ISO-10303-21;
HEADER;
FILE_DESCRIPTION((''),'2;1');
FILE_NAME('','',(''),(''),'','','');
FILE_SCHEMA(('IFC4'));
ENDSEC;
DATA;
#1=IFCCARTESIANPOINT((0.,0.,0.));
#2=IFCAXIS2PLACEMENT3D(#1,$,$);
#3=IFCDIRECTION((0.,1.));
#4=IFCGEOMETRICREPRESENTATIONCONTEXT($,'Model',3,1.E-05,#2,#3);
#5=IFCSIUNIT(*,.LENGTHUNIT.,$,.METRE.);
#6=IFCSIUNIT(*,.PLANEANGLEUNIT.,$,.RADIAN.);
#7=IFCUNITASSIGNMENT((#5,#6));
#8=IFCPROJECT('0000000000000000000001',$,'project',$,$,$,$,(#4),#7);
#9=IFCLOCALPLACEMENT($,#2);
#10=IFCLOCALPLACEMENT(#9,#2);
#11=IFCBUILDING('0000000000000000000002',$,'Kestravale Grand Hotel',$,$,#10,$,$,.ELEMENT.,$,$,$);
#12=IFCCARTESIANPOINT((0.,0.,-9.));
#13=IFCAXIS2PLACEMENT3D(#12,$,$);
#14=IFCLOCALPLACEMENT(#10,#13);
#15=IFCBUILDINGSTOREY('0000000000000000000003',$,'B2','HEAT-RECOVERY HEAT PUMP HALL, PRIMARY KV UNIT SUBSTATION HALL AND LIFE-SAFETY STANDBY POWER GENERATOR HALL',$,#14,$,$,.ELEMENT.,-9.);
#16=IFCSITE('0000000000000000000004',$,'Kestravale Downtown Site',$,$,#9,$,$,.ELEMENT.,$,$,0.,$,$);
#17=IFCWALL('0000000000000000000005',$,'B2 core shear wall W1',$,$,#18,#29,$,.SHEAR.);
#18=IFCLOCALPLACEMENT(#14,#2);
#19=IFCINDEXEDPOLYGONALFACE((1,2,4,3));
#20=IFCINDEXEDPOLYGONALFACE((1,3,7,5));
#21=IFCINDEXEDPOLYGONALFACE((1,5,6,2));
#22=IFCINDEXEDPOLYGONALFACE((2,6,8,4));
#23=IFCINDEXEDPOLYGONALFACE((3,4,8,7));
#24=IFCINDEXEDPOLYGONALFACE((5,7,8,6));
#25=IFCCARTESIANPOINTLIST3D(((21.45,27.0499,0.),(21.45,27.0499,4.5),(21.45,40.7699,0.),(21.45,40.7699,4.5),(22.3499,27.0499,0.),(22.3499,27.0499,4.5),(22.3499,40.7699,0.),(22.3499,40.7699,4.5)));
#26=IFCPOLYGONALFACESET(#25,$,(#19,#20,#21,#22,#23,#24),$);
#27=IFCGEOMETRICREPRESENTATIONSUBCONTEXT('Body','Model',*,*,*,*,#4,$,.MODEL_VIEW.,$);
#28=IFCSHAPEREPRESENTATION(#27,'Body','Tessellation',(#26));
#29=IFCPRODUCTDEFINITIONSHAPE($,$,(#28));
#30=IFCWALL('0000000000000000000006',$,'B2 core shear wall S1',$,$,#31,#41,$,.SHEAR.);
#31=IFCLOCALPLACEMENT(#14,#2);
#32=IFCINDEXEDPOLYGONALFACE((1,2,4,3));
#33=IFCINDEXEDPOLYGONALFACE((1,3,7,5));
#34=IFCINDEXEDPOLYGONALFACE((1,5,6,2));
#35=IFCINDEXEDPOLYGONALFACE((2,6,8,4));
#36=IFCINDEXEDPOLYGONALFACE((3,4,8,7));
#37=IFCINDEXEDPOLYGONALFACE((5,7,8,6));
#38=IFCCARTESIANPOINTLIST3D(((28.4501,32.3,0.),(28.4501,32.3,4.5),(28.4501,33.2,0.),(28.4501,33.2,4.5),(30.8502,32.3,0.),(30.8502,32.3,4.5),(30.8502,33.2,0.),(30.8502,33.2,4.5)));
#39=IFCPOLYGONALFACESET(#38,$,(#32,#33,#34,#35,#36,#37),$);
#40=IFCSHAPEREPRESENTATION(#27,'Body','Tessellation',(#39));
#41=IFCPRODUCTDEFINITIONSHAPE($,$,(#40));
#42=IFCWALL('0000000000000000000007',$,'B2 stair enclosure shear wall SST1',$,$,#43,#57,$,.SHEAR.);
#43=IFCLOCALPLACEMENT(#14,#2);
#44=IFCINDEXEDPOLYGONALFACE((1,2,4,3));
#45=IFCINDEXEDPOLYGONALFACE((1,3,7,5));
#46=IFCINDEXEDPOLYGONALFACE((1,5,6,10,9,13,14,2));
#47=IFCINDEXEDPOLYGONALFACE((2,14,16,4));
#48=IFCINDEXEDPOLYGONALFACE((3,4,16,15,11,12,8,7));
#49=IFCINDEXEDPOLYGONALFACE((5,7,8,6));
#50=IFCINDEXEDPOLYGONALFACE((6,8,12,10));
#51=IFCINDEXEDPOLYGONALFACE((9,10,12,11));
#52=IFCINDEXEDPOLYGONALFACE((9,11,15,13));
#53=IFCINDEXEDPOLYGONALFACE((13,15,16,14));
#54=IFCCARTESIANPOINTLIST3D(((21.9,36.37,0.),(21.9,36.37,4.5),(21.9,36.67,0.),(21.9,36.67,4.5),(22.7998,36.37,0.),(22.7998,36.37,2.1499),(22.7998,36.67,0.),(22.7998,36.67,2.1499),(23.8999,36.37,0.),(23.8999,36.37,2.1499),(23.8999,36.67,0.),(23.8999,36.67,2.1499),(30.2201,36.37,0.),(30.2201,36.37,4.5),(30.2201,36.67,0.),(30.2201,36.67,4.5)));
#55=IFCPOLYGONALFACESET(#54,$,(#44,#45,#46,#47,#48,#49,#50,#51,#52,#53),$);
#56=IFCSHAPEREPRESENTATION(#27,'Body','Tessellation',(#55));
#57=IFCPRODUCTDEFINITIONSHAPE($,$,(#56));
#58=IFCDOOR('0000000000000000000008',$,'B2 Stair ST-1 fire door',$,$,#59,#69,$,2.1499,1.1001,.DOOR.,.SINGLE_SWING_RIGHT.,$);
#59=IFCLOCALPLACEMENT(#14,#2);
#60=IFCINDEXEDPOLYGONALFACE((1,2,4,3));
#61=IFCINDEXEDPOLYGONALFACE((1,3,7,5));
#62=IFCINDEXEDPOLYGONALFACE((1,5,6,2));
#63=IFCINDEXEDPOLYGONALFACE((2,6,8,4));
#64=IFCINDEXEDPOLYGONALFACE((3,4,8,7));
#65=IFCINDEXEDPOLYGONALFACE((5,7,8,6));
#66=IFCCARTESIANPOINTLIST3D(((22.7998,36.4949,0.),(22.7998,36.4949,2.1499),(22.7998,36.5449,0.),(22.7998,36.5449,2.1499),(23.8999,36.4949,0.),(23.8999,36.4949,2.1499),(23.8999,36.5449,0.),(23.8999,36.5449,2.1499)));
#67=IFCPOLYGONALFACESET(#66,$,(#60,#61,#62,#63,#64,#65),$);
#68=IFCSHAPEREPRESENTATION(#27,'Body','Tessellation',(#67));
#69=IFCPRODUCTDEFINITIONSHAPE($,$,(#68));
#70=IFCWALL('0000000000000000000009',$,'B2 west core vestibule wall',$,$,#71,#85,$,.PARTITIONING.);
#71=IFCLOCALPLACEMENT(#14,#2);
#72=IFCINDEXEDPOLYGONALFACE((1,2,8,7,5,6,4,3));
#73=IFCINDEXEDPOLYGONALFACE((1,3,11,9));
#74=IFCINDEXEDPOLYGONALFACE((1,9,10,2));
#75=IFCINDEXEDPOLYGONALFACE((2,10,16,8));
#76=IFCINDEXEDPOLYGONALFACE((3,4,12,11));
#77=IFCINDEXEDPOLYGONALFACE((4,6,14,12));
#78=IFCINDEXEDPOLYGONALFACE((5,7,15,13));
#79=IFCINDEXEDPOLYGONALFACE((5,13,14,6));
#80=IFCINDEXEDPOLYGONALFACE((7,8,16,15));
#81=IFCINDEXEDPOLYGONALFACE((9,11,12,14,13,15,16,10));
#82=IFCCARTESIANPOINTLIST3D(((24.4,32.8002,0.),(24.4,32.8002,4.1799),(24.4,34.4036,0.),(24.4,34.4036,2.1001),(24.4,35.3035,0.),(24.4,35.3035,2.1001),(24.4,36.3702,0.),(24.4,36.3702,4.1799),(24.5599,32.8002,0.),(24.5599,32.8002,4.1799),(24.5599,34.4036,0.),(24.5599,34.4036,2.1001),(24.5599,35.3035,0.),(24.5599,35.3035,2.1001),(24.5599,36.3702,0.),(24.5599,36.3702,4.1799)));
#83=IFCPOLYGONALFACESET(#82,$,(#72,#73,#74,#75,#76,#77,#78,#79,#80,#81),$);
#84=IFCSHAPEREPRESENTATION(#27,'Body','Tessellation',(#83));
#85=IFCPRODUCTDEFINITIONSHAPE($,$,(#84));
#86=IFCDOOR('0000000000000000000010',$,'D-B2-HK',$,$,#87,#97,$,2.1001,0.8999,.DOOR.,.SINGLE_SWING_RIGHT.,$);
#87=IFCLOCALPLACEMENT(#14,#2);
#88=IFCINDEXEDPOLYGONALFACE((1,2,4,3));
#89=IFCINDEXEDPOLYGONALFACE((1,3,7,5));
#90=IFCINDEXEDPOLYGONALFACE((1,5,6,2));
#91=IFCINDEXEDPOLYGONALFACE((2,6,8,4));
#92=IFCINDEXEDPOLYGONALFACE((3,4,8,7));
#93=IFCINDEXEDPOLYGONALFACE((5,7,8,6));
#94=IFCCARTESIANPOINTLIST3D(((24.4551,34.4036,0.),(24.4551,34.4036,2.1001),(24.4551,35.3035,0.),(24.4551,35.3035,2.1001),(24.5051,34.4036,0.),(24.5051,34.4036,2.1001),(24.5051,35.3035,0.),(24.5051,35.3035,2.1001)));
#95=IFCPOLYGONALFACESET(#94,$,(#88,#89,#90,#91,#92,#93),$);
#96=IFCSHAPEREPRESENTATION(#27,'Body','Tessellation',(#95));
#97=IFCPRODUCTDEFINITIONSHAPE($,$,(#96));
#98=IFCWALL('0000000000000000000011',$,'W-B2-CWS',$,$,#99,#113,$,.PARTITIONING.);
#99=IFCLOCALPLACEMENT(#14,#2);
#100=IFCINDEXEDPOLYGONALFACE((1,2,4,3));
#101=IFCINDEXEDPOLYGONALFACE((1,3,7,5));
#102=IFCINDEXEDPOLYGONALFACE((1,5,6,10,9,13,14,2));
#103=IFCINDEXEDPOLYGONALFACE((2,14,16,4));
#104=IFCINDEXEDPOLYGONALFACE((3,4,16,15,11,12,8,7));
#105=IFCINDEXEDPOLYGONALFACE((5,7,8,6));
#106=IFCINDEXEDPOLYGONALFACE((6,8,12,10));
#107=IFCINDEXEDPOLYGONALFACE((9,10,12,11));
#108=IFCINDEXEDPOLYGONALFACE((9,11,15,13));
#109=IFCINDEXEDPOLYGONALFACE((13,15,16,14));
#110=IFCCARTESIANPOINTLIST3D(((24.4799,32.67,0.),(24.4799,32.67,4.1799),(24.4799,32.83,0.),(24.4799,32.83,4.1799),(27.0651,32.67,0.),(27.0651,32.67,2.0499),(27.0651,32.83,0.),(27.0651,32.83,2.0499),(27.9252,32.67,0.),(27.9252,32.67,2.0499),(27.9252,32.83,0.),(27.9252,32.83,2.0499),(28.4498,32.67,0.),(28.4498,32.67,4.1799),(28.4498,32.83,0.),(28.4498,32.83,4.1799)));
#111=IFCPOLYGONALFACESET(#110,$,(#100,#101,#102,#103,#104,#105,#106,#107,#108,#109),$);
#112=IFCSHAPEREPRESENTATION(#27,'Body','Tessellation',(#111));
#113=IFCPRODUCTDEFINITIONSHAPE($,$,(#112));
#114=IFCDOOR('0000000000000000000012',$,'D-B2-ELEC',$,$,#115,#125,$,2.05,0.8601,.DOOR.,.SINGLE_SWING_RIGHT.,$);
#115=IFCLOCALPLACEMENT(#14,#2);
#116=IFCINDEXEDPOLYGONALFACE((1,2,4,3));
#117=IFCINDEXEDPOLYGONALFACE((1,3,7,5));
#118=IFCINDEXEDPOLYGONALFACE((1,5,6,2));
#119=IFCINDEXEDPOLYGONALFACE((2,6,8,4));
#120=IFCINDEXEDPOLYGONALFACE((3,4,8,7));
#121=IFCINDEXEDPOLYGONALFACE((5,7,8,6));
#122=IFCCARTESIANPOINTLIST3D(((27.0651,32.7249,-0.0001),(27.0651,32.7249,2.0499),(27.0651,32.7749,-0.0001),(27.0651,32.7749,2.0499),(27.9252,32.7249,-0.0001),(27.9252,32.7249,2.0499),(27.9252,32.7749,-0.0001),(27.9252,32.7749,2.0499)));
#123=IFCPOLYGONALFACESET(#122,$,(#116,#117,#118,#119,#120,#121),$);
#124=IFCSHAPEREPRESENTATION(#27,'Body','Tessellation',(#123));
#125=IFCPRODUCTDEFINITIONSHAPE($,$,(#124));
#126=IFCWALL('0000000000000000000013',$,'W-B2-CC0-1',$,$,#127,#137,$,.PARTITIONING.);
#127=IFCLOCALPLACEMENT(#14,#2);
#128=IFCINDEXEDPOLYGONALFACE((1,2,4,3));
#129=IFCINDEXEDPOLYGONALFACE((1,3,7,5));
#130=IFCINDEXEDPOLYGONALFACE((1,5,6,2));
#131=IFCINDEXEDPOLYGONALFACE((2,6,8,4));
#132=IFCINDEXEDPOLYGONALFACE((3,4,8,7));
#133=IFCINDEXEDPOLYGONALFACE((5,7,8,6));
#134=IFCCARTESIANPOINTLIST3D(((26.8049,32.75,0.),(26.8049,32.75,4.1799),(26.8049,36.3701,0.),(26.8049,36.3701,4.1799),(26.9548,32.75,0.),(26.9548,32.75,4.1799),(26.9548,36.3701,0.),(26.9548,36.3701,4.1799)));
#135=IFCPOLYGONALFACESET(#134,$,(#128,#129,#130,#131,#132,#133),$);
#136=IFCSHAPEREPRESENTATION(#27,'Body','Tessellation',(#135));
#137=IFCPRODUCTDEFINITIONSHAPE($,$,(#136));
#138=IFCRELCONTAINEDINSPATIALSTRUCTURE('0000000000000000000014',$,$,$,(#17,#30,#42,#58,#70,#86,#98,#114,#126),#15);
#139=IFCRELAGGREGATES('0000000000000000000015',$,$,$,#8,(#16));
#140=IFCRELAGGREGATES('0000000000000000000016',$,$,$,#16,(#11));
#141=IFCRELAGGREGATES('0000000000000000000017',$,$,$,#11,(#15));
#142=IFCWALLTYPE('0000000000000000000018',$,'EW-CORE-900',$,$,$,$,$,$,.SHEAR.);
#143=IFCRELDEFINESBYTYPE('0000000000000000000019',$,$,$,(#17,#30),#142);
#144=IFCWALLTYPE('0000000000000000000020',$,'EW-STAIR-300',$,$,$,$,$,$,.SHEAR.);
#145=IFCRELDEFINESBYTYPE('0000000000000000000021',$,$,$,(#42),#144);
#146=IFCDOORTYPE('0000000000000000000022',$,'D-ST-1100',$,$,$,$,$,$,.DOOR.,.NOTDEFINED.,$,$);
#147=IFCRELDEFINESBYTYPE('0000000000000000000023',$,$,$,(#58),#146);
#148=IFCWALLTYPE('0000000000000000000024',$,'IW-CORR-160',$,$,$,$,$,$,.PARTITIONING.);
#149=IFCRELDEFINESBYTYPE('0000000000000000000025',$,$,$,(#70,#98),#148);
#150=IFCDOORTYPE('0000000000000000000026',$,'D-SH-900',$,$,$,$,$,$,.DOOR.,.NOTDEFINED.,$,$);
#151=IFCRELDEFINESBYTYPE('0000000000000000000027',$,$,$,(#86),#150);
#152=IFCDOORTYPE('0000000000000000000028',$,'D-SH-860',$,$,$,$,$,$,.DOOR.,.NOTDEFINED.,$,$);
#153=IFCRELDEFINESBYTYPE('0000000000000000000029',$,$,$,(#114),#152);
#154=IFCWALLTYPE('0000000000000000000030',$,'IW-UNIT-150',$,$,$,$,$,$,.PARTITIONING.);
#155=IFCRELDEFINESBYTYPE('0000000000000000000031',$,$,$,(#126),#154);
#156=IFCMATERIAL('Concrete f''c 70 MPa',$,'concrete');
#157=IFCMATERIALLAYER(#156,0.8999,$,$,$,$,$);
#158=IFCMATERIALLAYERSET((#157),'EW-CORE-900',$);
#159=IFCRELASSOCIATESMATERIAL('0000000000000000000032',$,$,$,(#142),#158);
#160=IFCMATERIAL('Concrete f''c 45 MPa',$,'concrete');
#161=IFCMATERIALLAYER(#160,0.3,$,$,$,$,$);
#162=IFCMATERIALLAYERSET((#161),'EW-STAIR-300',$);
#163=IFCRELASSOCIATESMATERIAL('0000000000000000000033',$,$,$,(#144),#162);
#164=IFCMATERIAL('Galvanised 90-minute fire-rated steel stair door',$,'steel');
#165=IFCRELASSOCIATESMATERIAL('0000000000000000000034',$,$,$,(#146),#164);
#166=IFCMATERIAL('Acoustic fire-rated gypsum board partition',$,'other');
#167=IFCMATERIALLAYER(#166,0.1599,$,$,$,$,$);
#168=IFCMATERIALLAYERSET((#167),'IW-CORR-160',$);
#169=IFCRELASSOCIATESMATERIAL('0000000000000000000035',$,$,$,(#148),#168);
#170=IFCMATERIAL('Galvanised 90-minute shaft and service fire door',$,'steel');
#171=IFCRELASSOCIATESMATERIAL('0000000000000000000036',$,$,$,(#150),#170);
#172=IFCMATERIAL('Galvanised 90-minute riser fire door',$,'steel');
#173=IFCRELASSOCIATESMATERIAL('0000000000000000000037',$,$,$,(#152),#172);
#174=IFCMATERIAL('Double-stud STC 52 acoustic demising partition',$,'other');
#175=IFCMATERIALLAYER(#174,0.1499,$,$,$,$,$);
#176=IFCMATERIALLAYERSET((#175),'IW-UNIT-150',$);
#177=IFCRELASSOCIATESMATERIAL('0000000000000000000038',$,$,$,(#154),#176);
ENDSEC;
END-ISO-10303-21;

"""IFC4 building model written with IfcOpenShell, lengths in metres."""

from ifc_helpers import new_model, si_unit, direction, frame, frame_2d, origin, place, context, subcontext, project, spatial, rectangle, extrude, material, layer, layer_set, type_object, element, fill, save


model = new_model("IFC4")

# Units and contexts
model_context = context("Model", 3, precision=1e-05, world=origin(), true_north=direction((0.0, 1.0)))
body_context = subcontext(model_context, "Body", "Model", "MODEL_VIEW")
ifc_project = project(units=[si_unit("LENGTHUNIT", "METRE"), si_unit("PLANEANGLEUNIT", "RADIAN")], contexts=[model_context])

# Site, building, storey
site_placement = place(None, origin())
site = spatial("IfcSite", under=ifc_project, at=site_placement, Name="Kestravale Downtown Site", CompositionType="ELEMENT", RefElevation=0.0)
building_placement = place(site_placement, origin())
building = spatial("IfcBuilding", under=site, at=building_placement, Name="Kestravale Grand Hotel", CompositionType="ELEMENT")
storey_placement = place(building_placement, frame((0.0, 0.0, -9.0)))
storey = spatial("IfcBuildingStorey", under=building, at=storey_placement, Name="B2", Description="HEAT-RECOVERY HEAT PUMP HALL, PRIMARY KV UNIT SUBSTATION HALL AND LIFE-SAFETY STANDBY POWER GENERATOR HALL", CompositionType="ELEMENT", Elevation=-9.0)

# Walls
ifc_material_1 = material(Name="Concrete f'c 70 MPa", Category="concrete")
ifc_layer_1 = layer(ifc_material_1, 0.8999)
ifc_layer_set_1 = layer_set([ifc_layer_1], Name="EW-CORE-900")
wall_type_1 = type_object("IfcWallType", Name="EW-CORE-900", PredefinedType="SHEAR", material=ifc_layer_set_1)
wall_1_placement = place(storey_placement, frame((21.8999, 27.05, 0.0), z_axis=(0.0, 0.0, 1.0), x_axis=(0.0, 1.0, 0.0)))
element("IfcWall", 1, at=wall_1_placement, inside=storey, type_object=wall_type_1, Name="B2 core shear wall W1", PredefinedType="SHEAR", context=body_context, shape_type="SweptSolid", body=[
    extrude(rectangle(XDim=13.72, YDim=0.8999, at=frame_2d((6.8599, 0.0))), origin(), (0.0, 0.0, 1.0), 4.5),
])
wall_2_placement = place(storey_placement, frame((28.45, 32.75, 0.0), z_axis=(0.0, 0.0, 1.0), x_axis=(1.0, 0.0, 0.0)))
element("IfcWall", 2, at=wall_2_placement, inside=storey, type_object=wall_type_1, Name="B2 core shear wall S1", PredefinedType="SHEAR", context=body_context, shape_type="SweptSolid", body=[
    extrude(rectangle(XDim=2.4001, YDim=0.8999, at=frame_2d((1.2002, 0.0))), origin(), (0.0, 0.0, 1.0), 4.5),
])

# Walls, openings, doors
ifc_material_2 = material(Name="Concrete f'c 45 MPa", Category="concrete")
ifc_layer_2 = layer(ifc_material_2, 0.3)
ifc_layer_set_2 = layer_set([ifc_layer_2], Name="EW-STAIR-300")
wall_type_2 = type_object("IfcWallType", Name="EW-STAIR-300", PredefinedType="SHEAR", material=ifc_layer_set_2)
wall_3_placement = place(storey_placement, frame((21.8999, 36.52, 0.0), z_axis=(0.0, 0.0, 1.0), x_axis=(1.0, 0.0, 0.0)))
wall_3 = element("IfcWall", 3, at=wall_3_placement, inside=storey, type_object=wall_type_2, Name="B2 stair enclosure shear wall SST1", PredefinedType="SHEAR", context=body_context, shape_type="SweptSolid", body=[
    extrude(rectangle(XDim=8.3201, YDim=0.3, at=frame_2d((4.1602, 0.0))), origin(), (0.0, 0.0, 1.0), 4.5),
])
opening_1_placement = place(wall_3_placement, frame((0.8999, 0.0, 0.0)))
opening_1 = element("IfcOpeningElement", 4, at=opening_1_placement, cuts=wall_3, PredefinedType="OPENING", context=body_context, shape_type="SweptSolid", body=[
    extrude(rectangle(XDim=1.1001, YDim=2.1499, at=frame_2d((0.55, 1.075))), frame((0.0, 0.1599, 0.0), z_axis=(0.0, -1.0, 0.0), x_axis=(1.0, 0.0, 0.0)), (0.0, 0.0, 1.0), 0.3201),
])
ifc_material_3 = material(Name="Galvanised 90-minute fire-rated steel stair door", Category="steel")
door_type_1 = type_object("IfcDoorType", Name="D-ST-1100", OperationType="NOTDEFINED", PredefinedType="DOOR", material=ifc_material_3)
door_1_placement = place(opening_1_placement, origin())
door_1 = element("IfcDoor", 5, at=door_1_placement, inside=storey, type_object=door_type_1, Name="B2 Stair ST-1 fire door", OperationType="SINGLE_SWING_RIGHT", OverallHeight=2.1499, OverallWidth=1.1001, PredefinedType="DOOR", context=body_context, shape_type="SweptSolid", body=[
    extrude(rectangle(XDim=1.1001, YDim=2.1499, at=frame_2d((0.55, 1.075))), frame((0.0, 0.0249, 0.0), z_axis=(0.0, -1.0, 0.0), x_axis=(1.0, 0.0, 0.0)), (0.0, 0.0, 1.0), 0.05),
])
fill(opening_1, door_1)
ifc_material_4 = material(Name="Acoustic fire-rated gypsum board partition", Category="other")
ifc_layer_3 = layer(ifc_material_4, 0.1599)
ifc_layer_set_3 = layer_set([ifc_layer_3], Name="IW-CORR-160")
wall_type_3 = type_object("IfcWallType", Name="IW-CORR-160", PredefinedType="PARTITIONING", material=ifc_layer_set_3)
wall_4_placement = place(storey_placement, frame((24.48, 32.8, 0.0), z_axis=(0.0, 0.0, 1.0), x_axis=(0.0, 1.0, 0.0)))
wall_4 = element("IfcWall", 6, at=wall_4_placement, inside=storey, type_object=wall_type_3, Name="B2 west core vestibule wall", PredefinedType="PARTITIONING", context=body_context, shape_type="SweptSolid", body=[
    extrude(rectangle(XDim=3.5701, YDim=0.1599, at=frame_2d((1.7852, 0.0))), origin(), (0.0, 0.0, 1.0), 4.1799),
])
opening_2_placement = place(wall_4_placement, frame((1.6035, 0.0, 0.0)))
opening_2 = element("IfcOpeningElement", 7, at=opening_2_placement, cuts=wall_4, PredefinedType="OPENING", context=body_context, shape_type="SweptSolid", body=[
    extrude(rectangle(XDim=0.8999, YDim=2.1001, at=frame_2d((0.45, 1.05))), frame((0.0, 0.0898, 0.0), z_axis=(0.0, -1.0, 0.0), x_axis=(1.0, 0.0, 0.0)), (0.0, 0.0, 1.0), 0.1799),
])
ifc_material_5 = material(Name="Galvanised 90-minute shaft and service fire door", Category="steel")
door_type_2 = type_object("IfcDoorType", Name="D-SH-900", OperationType="NOTDEFINED", PredefinedType="DOOR", material=ifc_material_5)
door_2_placement = place(opening_2_placement, origin())
door_2 = element("IfcDoor", 8, at=door_2_placement, inside=storey, type_object=door_type_2, Name="D-B2-HK", OperationType="SINGLE_SWING_RIGHT", OverallHeight=2.1001, OverallWidth=0.8999, PredefinedType="DOOR", context=body_context, shape_type="SweptSolid", body=[
    extrude(rectangle(XDim=0.8999, YDim=2.1001, at=frame_2d((0.45, 1.05))), frame((0.0, 0.0249, 0.0), z_axis=(0.0, -1.0, 0.0), x_axis=(1.0, 0.0, 0.0)), (0.0, 0.0, 1.0), 0.05),
])
fill(opening_2, door_2)
wall_5_placement = place(storey_placement, frame((24.48, 32.75, 0.0), z_axis=(0.0, 0.0, 1.0), x_axis=(1.0, 0.0, 0.0)))
wall_5 = element("IfcWall", 9, at=wall_5_placement, inside=storey, type_object=wall_type_3, Name="W-B2-CWS", PredefinedType="PARTITIONING", context=body_context, shape_type="SweptSolid", body=[
    extrude(rectangle(XDim=3.97, YDim=0.1599, at=frame_2d((1.9849, 0.0))), origin(), (0.0, 0.0, 1.0), 4.1799),
])
opening_3_placement = place(wall_5_placement, frame((2.585, 0.0, 0.0)))
opening_3 = element("IfcOpeningElement", 10, at=opening_3_placement, cuts=wall_5, PredefinedType="OPENING", context=body_context, shape_type="SweptSolid", body=[
    extrude(rectangle(XDim=0.8601, YDim=2.05, at=frame_2d((0.4302, 1.0249))), frame((0.0, 0.0898, 0.0), z_axis=(0.0, -1.0, 0.0), x_axis=(1.0, 0.0, 0.0)), (0.0, 0.0, 1.0), 0.1799),
])
ifc_material_6 = material(Name="Galvanised 90-minute riser fire door", Category="steel")
door_type_3 = type_object("IfcDoorType", Name="D-SH-860", OperationType="NOTDEFINED", PredefinedType="DOOR", material=ifc_material_6)
door_3_placement = place(opening_3_placement, origin())
door_3 = element("IfcDoor", 11, at=door_3_placement, inside=storey, type_object=door_type_3, Name="D-B2-ELEC", OperationType="SINGLE_SWING_RIGHT", OverallHeight=2.05, OverallWidth=0.8601, PredefinedType="DOOR", context=body_context, shape_type="SweptSolid", body=[
    extrude(rectangle(XDim=0.8601, YDim=2.05, at=frame_2d((0.4302, 1.0249))), frame((0.0, 0.0249, 0.0), z_axis=(0.0, -1.0, 0.0), x_axis=(1.0, 0.0, 0.0)), (0.0, 0.0, 1.0), 0.05),
])
fill(opening_3, door_3)

# Wall
ifc_material_7 = material(Name="Double-stud STC 52 acoustic demising partition", Category="other")
ifc_layer_4 = layer(ifc_material_7, 0.1499)
ifc_layer_set_4 = layer_set([ifc_layer_4], Name="IW-UNIT-150")
wall_type_4 = type_object("IfcWallType", Name="IW-UNIT-150", PredefinedType="PARTITIONING", material=ifc_layer_set_4)
wall_6_placement = place(storey_placement, frame((26.8799, 32.75, 0.0), z_axis=(0.0, 0.0, 1.0), x_axis=(0.0, 1.0, 0.0)))
element("IfcWall", 12, at=wall_6_placement, inside=storey, type_object=wall_type_4, Name="W-B2-CC0-1", PredefinedType="PARTITIONING", context=body_context, shape_type="SweptSolid", body=[
    extrude(rectangle(XDim=3.6201, YDim=0.1499, at=frame_2d((1.8101, 0.0))), origin(), (0.0, 0.0, 1.0), 4.1799),
])

save(model, "model.ifc")
